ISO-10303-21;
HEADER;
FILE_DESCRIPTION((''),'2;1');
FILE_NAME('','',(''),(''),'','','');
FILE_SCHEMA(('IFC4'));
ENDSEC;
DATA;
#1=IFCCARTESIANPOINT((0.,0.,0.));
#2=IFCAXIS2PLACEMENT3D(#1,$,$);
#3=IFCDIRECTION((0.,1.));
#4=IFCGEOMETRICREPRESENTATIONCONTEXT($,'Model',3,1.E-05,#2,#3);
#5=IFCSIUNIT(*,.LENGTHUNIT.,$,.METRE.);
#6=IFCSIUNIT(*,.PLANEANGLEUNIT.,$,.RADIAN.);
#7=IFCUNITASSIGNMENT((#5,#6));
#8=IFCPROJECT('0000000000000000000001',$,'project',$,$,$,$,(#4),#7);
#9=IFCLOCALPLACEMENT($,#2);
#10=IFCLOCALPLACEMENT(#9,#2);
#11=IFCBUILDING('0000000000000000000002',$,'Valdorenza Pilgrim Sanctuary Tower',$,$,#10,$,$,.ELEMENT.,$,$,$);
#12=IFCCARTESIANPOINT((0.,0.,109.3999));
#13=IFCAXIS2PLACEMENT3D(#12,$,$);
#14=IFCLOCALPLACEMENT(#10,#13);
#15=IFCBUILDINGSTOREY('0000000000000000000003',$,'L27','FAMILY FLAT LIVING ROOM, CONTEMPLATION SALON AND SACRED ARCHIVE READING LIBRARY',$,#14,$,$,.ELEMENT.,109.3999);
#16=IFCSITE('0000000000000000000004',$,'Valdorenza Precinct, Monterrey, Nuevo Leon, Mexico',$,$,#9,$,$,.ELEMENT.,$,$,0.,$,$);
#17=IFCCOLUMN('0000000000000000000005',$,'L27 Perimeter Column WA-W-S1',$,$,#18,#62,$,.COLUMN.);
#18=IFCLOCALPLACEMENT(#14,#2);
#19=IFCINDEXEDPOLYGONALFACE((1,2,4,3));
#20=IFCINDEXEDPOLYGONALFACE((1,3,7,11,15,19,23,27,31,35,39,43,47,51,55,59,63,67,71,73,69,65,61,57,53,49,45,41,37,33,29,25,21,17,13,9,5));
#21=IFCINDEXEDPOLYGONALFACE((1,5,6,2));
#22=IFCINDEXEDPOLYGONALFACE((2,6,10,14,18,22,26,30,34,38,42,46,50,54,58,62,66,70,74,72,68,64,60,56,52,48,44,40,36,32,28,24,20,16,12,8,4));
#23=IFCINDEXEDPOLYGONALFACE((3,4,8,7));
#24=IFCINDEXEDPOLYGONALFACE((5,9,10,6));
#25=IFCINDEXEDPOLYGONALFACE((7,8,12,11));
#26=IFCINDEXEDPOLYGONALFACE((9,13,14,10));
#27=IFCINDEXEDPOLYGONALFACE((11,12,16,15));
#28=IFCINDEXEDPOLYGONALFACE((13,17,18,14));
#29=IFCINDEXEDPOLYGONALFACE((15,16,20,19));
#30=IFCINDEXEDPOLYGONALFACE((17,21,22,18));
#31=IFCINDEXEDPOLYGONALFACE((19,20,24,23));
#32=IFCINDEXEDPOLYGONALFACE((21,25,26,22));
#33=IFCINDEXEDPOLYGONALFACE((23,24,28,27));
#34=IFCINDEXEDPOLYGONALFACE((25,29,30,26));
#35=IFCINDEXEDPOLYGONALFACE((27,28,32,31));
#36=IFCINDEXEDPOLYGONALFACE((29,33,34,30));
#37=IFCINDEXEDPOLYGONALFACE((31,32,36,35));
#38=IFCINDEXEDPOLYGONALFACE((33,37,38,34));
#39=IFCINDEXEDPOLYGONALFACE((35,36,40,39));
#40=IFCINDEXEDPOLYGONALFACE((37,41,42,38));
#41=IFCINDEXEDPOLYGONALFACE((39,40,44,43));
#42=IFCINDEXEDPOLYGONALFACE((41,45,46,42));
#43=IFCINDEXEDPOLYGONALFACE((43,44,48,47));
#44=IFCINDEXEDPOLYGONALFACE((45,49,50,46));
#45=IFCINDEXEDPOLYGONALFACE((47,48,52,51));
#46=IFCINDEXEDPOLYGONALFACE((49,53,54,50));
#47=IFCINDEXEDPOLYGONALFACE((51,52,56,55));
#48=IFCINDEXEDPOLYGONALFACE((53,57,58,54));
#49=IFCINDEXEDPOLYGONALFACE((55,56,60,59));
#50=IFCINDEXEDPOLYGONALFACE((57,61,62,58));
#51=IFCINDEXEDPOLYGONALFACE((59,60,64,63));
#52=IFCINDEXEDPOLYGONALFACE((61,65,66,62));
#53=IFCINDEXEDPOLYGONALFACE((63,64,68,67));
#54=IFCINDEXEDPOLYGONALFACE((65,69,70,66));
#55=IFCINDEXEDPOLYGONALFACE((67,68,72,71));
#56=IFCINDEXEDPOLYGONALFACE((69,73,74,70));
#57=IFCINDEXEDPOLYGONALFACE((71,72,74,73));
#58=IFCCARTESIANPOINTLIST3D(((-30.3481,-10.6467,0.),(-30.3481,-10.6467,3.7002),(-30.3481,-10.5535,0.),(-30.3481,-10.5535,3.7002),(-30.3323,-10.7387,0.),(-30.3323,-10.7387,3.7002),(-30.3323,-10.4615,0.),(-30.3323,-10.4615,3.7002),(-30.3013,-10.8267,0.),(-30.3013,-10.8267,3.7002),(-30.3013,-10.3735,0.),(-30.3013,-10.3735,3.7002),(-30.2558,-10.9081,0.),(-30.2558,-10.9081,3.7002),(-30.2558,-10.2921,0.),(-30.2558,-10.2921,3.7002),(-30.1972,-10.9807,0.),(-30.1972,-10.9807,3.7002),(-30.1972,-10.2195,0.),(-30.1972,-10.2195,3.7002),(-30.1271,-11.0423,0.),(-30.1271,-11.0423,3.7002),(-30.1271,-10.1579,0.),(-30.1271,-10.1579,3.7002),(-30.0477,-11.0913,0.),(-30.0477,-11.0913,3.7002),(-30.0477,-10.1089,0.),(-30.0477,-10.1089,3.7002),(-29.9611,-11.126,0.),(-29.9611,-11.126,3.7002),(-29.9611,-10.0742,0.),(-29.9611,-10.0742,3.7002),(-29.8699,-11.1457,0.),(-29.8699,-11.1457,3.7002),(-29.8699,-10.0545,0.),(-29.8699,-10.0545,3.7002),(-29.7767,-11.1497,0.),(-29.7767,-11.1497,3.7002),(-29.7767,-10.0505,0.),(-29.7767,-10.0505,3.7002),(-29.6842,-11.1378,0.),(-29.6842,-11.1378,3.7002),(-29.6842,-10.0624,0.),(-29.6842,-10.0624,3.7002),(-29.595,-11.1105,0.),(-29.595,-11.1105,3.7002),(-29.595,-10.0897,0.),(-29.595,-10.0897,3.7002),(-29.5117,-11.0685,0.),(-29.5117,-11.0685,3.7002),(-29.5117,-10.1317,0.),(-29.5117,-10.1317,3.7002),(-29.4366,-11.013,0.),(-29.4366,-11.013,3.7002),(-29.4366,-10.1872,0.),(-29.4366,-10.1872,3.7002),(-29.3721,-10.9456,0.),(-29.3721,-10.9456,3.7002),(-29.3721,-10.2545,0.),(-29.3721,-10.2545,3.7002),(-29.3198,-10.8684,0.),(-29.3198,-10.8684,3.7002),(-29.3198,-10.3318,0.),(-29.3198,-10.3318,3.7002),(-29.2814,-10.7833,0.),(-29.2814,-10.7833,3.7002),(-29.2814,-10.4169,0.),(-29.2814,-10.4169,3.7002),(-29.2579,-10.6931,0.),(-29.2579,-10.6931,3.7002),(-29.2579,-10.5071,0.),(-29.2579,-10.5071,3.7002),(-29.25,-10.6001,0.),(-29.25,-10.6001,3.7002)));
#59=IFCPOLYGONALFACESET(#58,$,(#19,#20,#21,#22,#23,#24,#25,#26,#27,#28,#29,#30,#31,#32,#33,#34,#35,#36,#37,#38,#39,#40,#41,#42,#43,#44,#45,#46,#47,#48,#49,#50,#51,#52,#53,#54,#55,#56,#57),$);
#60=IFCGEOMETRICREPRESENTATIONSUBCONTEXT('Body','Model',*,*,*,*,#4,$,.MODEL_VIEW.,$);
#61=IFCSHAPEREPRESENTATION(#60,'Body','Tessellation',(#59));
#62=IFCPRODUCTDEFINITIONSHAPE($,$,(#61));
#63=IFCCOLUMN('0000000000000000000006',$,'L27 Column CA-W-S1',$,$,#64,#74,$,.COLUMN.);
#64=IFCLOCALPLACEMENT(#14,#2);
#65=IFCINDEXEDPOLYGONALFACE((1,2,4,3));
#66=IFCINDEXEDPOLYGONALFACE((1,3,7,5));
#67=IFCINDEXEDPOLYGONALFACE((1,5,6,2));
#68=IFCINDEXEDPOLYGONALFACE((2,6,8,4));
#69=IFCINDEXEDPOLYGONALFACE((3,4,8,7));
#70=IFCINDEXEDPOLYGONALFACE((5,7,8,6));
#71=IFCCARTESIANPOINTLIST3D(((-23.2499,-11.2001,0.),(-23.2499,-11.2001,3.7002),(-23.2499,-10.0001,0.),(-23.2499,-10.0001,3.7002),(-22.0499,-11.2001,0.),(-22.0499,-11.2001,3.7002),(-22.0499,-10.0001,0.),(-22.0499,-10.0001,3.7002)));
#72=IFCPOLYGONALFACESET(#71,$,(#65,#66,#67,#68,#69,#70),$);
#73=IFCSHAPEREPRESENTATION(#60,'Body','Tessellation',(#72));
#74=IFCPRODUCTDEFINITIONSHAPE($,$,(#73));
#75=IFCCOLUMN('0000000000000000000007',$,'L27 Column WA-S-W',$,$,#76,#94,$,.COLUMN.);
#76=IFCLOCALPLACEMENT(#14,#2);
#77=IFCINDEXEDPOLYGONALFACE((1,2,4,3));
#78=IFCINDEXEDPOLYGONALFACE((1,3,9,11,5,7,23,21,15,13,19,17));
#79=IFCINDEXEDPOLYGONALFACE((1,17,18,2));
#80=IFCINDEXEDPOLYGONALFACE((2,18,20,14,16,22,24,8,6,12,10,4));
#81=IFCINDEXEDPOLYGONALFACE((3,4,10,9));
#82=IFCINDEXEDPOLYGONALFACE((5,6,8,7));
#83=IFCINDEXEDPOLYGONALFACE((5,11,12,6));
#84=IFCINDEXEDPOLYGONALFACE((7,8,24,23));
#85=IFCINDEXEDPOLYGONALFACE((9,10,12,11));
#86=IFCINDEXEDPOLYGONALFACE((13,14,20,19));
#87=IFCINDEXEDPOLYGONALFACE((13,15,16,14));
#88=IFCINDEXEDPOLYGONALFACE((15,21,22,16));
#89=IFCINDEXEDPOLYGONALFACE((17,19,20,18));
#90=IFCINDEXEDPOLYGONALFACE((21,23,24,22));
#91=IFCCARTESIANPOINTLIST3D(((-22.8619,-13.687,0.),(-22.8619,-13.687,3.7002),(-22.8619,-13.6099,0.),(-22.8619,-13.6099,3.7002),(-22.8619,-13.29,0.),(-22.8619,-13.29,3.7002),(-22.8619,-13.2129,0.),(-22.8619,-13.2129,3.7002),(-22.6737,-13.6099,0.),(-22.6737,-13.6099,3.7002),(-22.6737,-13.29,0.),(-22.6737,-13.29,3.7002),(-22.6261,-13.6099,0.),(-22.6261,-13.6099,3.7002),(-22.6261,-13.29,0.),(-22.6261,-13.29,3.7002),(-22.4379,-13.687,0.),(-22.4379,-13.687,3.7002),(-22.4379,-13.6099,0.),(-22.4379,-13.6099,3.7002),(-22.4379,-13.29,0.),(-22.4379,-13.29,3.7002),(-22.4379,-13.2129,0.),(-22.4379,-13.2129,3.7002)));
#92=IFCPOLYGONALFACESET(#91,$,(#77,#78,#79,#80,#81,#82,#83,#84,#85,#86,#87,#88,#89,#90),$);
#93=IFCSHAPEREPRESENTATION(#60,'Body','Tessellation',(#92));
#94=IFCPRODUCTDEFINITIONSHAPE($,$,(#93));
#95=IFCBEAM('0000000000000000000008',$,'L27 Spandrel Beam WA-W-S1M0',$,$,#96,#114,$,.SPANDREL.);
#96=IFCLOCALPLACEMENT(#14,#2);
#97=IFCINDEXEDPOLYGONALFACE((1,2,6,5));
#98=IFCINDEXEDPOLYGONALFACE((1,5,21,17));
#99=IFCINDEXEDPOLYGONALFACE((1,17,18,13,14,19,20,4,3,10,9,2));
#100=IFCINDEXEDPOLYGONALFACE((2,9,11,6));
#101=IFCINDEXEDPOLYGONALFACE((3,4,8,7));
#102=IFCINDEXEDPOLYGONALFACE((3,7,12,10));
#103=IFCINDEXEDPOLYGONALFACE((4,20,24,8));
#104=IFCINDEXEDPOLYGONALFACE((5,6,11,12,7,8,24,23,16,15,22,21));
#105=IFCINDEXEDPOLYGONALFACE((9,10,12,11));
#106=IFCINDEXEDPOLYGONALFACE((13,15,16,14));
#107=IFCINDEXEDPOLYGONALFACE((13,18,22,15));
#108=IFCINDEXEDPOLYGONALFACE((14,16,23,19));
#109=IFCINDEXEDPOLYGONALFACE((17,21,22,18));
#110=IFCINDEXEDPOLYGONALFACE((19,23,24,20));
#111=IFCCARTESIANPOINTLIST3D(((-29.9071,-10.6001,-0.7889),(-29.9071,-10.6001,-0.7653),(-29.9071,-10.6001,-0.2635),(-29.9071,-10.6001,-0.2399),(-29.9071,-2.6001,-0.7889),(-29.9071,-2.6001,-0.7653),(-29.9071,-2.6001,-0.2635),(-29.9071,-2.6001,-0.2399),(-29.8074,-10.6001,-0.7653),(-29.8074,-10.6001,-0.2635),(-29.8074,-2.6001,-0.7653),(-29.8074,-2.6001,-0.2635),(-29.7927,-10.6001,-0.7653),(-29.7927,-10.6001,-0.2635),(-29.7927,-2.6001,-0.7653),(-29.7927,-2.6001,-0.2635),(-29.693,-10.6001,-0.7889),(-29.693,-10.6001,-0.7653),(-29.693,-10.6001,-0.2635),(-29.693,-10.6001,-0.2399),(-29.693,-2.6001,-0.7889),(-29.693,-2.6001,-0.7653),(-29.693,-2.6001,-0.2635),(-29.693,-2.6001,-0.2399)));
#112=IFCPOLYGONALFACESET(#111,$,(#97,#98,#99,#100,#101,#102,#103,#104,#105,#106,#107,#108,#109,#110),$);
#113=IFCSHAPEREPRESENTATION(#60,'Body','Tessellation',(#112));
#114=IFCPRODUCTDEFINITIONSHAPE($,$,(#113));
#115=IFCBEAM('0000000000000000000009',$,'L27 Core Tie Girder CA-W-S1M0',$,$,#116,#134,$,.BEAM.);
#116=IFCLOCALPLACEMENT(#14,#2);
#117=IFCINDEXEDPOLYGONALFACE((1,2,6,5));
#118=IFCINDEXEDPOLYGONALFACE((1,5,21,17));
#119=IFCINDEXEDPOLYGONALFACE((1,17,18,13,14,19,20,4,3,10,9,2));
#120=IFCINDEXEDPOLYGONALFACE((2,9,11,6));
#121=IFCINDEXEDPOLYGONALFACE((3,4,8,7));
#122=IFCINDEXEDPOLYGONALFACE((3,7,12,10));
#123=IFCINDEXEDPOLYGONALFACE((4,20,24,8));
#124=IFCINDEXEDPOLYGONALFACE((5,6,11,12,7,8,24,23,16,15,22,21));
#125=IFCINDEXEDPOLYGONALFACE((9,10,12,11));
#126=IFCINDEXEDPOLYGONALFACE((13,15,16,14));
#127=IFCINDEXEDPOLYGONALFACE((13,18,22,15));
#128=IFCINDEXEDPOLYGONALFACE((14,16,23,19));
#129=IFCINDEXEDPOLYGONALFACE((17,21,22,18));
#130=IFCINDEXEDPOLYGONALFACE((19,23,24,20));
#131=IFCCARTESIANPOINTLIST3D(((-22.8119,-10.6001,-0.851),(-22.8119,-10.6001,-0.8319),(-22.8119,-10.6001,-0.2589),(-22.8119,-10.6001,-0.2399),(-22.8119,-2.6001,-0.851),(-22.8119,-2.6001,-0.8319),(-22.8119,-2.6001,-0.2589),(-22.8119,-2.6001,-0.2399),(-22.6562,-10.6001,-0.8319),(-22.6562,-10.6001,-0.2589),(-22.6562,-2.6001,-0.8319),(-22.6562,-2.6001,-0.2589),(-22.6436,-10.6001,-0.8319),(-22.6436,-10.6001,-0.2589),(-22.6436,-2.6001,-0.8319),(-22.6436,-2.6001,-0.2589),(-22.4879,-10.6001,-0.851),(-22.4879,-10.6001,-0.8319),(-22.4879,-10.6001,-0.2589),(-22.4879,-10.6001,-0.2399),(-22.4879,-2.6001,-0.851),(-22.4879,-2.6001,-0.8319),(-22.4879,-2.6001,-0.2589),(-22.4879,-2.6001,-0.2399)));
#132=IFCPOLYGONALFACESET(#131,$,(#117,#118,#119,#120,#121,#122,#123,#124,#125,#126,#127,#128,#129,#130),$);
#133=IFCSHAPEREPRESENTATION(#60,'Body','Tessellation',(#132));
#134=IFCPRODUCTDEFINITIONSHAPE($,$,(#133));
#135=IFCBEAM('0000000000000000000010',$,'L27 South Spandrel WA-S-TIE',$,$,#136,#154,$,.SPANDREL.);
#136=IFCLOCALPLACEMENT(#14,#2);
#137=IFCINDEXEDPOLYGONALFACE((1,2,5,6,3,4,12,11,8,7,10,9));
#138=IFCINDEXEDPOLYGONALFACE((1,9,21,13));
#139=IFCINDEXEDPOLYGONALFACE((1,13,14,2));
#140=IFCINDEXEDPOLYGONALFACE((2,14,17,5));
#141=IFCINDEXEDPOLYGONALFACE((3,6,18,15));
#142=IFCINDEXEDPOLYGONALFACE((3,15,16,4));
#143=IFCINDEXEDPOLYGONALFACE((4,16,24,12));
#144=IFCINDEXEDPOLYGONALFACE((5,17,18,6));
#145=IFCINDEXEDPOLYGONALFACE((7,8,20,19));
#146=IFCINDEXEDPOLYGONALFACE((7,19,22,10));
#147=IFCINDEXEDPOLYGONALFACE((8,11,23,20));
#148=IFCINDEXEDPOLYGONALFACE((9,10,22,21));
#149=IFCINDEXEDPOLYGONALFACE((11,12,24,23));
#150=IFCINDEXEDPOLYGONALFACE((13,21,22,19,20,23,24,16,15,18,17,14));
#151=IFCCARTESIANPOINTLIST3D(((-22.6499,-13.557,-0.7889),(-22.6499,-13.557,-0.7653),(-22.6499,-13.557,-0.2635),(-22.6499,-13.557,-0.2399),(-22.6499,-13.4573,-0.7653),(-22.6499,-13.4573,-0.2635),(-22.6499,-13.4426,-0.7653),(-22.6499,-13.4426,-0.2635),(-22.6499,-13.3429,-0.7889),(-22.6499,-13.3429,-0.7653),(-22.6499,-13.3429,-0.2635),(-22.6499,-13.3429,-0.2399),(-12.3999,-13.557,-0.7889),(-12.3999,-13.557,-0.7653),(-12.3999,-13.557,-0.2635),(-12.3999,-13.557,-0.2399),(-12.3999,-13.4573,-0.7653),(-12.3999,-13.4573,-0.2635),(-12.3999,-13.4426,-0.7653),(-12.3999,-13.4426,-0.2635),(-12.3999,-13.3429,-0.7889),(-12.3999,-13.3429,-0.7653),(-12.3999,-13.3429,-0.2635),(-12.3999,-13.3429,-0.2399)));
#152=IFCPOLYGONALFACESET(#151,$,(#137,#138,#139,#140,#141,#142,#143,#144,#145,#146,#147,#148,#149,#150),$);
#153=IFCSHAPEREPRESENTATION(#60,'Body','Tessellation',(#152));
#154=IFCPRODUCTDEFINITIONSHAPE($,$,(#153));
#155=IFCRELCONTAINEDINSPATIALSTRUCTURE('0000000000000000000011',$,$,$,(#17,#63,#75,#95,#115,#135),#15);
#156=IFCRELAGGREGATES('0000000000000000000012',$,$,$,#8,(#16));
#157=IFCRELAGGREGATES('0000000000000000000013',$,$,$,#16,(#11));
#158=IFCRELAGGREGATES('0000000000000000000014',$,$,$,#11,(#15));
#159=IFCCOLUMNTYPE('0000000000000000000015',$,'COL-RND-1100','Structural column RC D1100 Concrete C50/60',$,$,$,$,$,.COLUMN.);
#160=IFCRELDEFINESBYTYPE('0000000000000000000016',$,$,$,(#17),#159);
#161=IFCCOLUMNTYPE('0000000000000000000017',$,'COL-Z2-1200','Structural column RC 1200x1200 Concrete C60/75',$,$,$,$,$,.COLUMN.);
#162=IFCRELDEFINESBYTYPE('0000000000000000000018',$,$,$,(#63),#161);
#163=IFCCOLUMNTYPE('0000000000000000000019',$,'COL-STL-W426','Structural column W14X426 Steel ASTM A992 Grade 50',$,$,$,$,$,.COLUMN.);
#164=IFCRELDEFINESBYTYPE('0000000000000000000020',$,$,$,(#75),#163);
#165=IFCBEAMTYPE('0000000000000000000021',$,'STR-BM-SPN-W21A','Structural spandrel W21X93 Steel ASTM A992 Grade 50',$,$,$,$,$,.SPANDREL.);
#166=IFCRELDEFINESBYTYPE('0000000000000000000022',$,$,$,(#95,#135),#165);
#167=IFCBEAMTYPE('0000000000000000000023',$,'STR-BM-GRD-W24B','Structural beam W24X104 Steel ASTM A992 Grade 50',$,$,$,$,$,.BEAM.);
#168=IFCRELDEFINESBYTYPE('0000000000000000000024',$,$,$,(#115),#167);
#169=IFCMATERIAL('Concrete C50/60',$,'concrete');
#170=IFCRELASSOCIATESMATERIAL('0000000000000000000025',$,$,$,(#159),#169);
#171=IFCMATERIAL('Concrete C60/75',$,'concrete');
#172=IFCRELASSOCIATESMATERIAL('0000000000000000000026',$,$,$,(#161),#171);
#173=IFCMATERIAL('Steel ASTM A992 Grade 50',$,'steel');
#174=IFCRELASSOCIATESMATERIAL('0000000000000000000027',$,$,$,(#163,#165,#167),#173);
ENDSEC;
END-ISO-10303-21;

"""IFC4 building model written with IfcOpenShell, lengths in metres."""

from ifc_helpers import new_model, si_unit, direction, frame, origin, origin_2d, place, context, subcontext, project, spatial, rectangle, circle, i_section, extrude, source, transform, mapped, material, material_profile, profile_set, type_object, element, save


model = new_model("IFC4")

# Units and contexts
model_context = context("Model", 3, precision=1e-05, world=origin(), true_north=direction((0.0, 1.0)))
body_context = subcontext(model_context, "Body", "Model", "MODEL_VIEW")
ifc_project = project(units=[si_unit("LENGTHUNIT", "METRE"), si_unit("PLANEANGLEUNIT", "RADIAN")], contexts=[model_context])

# Site, building, storey
site_placement = place(None, origin())
site = spatial("IfcSite", under=ifc_project, at=site_placement, Name="Valdorenza Precinct, Monterrey, Nuevo Leon, Mexico", CompositionType="ELEMENT", RefElevation=0.0)
building_placement = place(site_placement, origin())
building = spatial("IfcBuilding", under=site, at=building_placement, Name="Valdorenza Pilgrim Sanctuary Tower", CompositionType="ELEMENT")
storey_placement = place(building_placement, frame((0.0, 0.0, 109.3999)))
storey = spatial("IfcBuildingStorey", under=building, at=storey_placement, Name="L27", Description="FAMILY FLAT LIVING ROOM, CONTEMPLATION SALON AND SACRED ARCHIVE READING LIBRARY", CompositionType="ELEMENT", Elevation=109.3999)

# Columns
ifc_material_1 = material(Name="Concrete C50/60", Category="concrete")
ifc_material_profile_1 = material_profile(ifc_material_1, circle(Radius=0.55, at=origin_2d()), Name="RC D1100")
ifc_profile_set_1 = profile_set([ifc_material_profile_1], Name="Concrete C50/60")
column_type_1 = type_object("IfcColumnType", Name="COL-RND-1100", Description="Structural column RC D1100 Concrete C50/60", PredefinedType="COLUMN", material=ifc_profile_set_1)
shared_shape_1 = source(origin(), body_context, "Body", "SweptSolid", [
    extrude(circle(Radius=0.55, at=origin_2d()), origin(), (0.0, 0.0, 1.0), 3.7002),
])
column_1_placement = place(storey_placement, frame((-29.8, -10.6001, 0.0), z_axis=(0.0, 0.0, 1.0), x_axis=(1.0, 0.0, 0.0)))
element("IfcColumn", 1, at=column_1_placement, inside=storey, type_object=column_type_1, Name="L27 Perimeter Column WA-W-S1", PredefinedType="COLUMN", context=body_context, shape_type="MappedRepresentation", body=[
    mapped(shared_shape_1, transform((0.0, 0.0, 0.0), x_axis=(1.0, 0.0, 0.0), y_axis=(0.0, 1.0, 0.0), z_axis=(0.0, 0.0, 1.0), scale=1.0)),
])
ifc_material_2 = material(Name="Concrete C60/75", Category="concrete")
ifc_material_profile_2 = material_profile(ifc_material_2, rectangle(XDim=1.2, YDim=1.2, at=origin_2d()), Name="RC 1200x1200")
ifc_profile_set_2 = profile_set([ifc_material_profile_2], Name="Concrete C60/75")
column_type_2 = type_object("IfcColumnType", Name="COL-Z2-1200", Description="Structural column RC 1200x1200 Concrete C60/75", PredefinedType="COLUMN", material=ifc_profile_set_2)
shared_shape_2 = source(origin(), body_context, "Body", "SweptSolid", [
    extrude(rectangle(XDim=1.2, YDim=1.2, at=origin_2d()), origin(), (0.0, 0.0, 1.0), 3.7002),
])
column_2_placement = place(storey_placement, frame((-22.6499, -10.6001, 0.0), z_axis=(0.0, 0.0, 1.0), x_axis=(1.0, 0.0, 0.0)))
element("IfcColumn", 2, at=column_2_placement, inside=storey, type_object=column_type_2, Name="L27 Column CA-W-S1", PredefinedType="COLUMN", context=body_context, shape_type="MappedRepresentation", body=[
    mapped(shared_shape_2, transform((0.0, 0.0, 0.0), x_axis=(1.0, 0.0, 0.0), y_axis=(0.0, 1.0, 0.0), z_axis=(0.0, 0.0, 1.0), scale=1.0)),
])
ifc_material_3 = material(Name="Steel ASTM A992 Grade 50", Category="steel")
ifc_material_profile_3 = material_profile(ifc_material_3, i_section(OverallWidth=0.4241, OverallDepth=0.4741, WebThickness=0.0476, FlangeThickness=0.0771, at=origin_2d()), Name="W14X426")
ifc_profile_set_3 = profile_set([ifc_material_profile_3], Name="Steel ASTM A992 Grade 50")
column_type_3 = type_object("IfcColumnType", Name="COL-STL-W426", Description="Structural column W14X426 Steel ASTM A992 Grade 50", PredefinedType="COLUMN", material=ifc_profile_set_3)
shared_shape_3 = source(origin(), body_context, "Body", "SweptSolid", [
    extrude(i_section(OverallWidth=0.4241, OverallDepth=0.4741, WebThickness=0.0476, FlangeThickness=0.0771, at=origin_2d()), origin(), (0.0, 0.0, 1.0), 3.7002),
])
column_3_placement = place(storey_placement, frame((-22.6499, -13.45, 0.0), z_axis=(0.0, 0.0, 1.0), x_axis=(1.0, 0.0, 0.0)))
element("IfcColumn", 3, at=column_3_placement, inside=storey, type_object=column_type_3, Name="L27 Column WA-S-W", PredefinedType="COLUMN", context=body_context, shape_type="MappedRepresentation", body=[
    mapped(shared_shape_3, transform((0.0, 0.0, 0.0), x_axis=(1.0, 0.0, 0.0), y_axis=(0.0, 1.0, 0.0), z_axis=(0.0, 0.0, 1.0), scale=1.0)),
])

# Beams
ifc_material_profile_4 = material_profile(ifc_material_3, i_section(OverallWidth=0.2141, OverallDepth=0.5491, WebThickness=0.0146, FlangeThickness=0.0237, at=origin_2d()), Name="W21X93")
ifc_profile_set_4 = profile_set([ifc_material_profile_4], Name="Steel ASTM A992 Grade 50")
beam_type_1 = type_object("IfcBeamType", Name="STR-BM-SPN-W21A", Description="Structural spandrel W21X93 Steel ASTM A992 Grade 50", PredefinedType="SPANDREL", material=ifc_profile_set_4)
shared_shape_4 = source(origin(), body_context, "Body", "SweptSolid", [
    extrude(i_section(OverallWidth=0.2141, OverallDepth=0.5491, WebThickness=0.0146, FlangeThickness=0.0237, at=origin_2d()), origin(), (0.0, 0.0, 1.0), 8.0),
])
beam_1_placement = place(storey_placement, frame((-29.8, -10.6001, -0.5144), z_axis=(0.0, 1.0, 0.0), x_axis=(-1.0, 0.0, 0.0)))
element("IfcBeam", 4, at=beam_1_placement, inside=storey, type_object=beam_type_1, Name="L27 Spandrel Beam WA-W-S1M0", PredefinedType="SPANDREL", context=body_context, shape_type="MappedRepresentation", body=[
    mapped(shared_shape_4, transform((0.0, 0.0, 0.0), x_axis=(1.0, 0.0, 0.0), y_axis=(0.0, 1.0, 0.0), z_axis=(0.0, 0.0, 1.0), scale=1.0)),
])
ifc_material_profile_5 = material_profile(ifc_material_3, i_section(OverallWidth=0.324, OverallDepth=0.6111, WebThickness=0.0127, FlangeThickness=0.019, at=origin_2d()), Name="W24X104")
ifc_profile_set_5 = profile_set([ifc_material_profile_5], Name="Steel ASTM A992 Grade 50")
beam_type_2 = type_object("IfcBeamType", Name="STR-BM-GRD-W24B", Description="Structural beam W24X104 Steel ASTM A992 Grade 50", PredefinedType="BEAM", material=ifc_profile_set_5)
shared_shape_5 = source(origin(), body_context, "Body", "SweptSolid", [
    extrude(i_section(OverallWidth=0.324, OverallDepth=0.6111, WebThickness=0.0127, FlangeThickness=0.019, at=origin_2d()), origin(), (0.0, 0.0, 1.0), 8.0),
])
beam_2_placement = place(storey_placement, frame((-22.6499, -10.6001, -0.5454), z_axis=(0.0, 1.0, 0.0), x_axis=(-1.0, 0.0, 0.0)))
element("IfcBeam", 5, at=beam_2_placement, inside=storey, type_object=beam_type_2, Name="L27 Core Tie Girder CA-W-S1M0", PredefinedType="BEAM", context=body_context, shape_type="MappedRepresentation", body=[
    mapped(shared_shape_5, transform((0.0, 0.0, 0.0), x_axis=(1.0, 0.0, 0.0), y_axis=(0.0, 1.0, 0.0), z_axis=(0.0, 0.0, 1.0), scale=1.0)),
])
shared_shape_6 = source(origin(), body_context, "Body", "SweptSolid", [
    extrude(i_section(OverallWidth=0.2141, OverallDepth=0.5491, WebThickness=0.0146, FlangeThickness=0.0237, at=origin_2d()), origin(), (0.0, 0.0, 1.0), 10.25),
])
beam_3_placement = place(storey_placement, frame((-22.6499, -13.45, -0.5144), z_axis=(1.0, 0.0, 0.0), x_axis=(0.0, 1.0, 0.0)))
element("IfcBeam", 6, at=beam_3_placement, inside=storey, type_object=beam_type_1, Name="L27 South Spandrel WA-S-TIE", PredefinedType="SPANDREL", context=body_context, shape_type="MappedRepresentation", body=[
    mapped(shared_shape_6, transform((0.0, 0.0, 0.0), x_axis=(1.0, 0.0, 0.0), y_axis=(0.0, 1.0, 0.0), z_axis=(0.0, 0.0, 1.0), scale=1.0)),
])

save(model, "model.ifc")
